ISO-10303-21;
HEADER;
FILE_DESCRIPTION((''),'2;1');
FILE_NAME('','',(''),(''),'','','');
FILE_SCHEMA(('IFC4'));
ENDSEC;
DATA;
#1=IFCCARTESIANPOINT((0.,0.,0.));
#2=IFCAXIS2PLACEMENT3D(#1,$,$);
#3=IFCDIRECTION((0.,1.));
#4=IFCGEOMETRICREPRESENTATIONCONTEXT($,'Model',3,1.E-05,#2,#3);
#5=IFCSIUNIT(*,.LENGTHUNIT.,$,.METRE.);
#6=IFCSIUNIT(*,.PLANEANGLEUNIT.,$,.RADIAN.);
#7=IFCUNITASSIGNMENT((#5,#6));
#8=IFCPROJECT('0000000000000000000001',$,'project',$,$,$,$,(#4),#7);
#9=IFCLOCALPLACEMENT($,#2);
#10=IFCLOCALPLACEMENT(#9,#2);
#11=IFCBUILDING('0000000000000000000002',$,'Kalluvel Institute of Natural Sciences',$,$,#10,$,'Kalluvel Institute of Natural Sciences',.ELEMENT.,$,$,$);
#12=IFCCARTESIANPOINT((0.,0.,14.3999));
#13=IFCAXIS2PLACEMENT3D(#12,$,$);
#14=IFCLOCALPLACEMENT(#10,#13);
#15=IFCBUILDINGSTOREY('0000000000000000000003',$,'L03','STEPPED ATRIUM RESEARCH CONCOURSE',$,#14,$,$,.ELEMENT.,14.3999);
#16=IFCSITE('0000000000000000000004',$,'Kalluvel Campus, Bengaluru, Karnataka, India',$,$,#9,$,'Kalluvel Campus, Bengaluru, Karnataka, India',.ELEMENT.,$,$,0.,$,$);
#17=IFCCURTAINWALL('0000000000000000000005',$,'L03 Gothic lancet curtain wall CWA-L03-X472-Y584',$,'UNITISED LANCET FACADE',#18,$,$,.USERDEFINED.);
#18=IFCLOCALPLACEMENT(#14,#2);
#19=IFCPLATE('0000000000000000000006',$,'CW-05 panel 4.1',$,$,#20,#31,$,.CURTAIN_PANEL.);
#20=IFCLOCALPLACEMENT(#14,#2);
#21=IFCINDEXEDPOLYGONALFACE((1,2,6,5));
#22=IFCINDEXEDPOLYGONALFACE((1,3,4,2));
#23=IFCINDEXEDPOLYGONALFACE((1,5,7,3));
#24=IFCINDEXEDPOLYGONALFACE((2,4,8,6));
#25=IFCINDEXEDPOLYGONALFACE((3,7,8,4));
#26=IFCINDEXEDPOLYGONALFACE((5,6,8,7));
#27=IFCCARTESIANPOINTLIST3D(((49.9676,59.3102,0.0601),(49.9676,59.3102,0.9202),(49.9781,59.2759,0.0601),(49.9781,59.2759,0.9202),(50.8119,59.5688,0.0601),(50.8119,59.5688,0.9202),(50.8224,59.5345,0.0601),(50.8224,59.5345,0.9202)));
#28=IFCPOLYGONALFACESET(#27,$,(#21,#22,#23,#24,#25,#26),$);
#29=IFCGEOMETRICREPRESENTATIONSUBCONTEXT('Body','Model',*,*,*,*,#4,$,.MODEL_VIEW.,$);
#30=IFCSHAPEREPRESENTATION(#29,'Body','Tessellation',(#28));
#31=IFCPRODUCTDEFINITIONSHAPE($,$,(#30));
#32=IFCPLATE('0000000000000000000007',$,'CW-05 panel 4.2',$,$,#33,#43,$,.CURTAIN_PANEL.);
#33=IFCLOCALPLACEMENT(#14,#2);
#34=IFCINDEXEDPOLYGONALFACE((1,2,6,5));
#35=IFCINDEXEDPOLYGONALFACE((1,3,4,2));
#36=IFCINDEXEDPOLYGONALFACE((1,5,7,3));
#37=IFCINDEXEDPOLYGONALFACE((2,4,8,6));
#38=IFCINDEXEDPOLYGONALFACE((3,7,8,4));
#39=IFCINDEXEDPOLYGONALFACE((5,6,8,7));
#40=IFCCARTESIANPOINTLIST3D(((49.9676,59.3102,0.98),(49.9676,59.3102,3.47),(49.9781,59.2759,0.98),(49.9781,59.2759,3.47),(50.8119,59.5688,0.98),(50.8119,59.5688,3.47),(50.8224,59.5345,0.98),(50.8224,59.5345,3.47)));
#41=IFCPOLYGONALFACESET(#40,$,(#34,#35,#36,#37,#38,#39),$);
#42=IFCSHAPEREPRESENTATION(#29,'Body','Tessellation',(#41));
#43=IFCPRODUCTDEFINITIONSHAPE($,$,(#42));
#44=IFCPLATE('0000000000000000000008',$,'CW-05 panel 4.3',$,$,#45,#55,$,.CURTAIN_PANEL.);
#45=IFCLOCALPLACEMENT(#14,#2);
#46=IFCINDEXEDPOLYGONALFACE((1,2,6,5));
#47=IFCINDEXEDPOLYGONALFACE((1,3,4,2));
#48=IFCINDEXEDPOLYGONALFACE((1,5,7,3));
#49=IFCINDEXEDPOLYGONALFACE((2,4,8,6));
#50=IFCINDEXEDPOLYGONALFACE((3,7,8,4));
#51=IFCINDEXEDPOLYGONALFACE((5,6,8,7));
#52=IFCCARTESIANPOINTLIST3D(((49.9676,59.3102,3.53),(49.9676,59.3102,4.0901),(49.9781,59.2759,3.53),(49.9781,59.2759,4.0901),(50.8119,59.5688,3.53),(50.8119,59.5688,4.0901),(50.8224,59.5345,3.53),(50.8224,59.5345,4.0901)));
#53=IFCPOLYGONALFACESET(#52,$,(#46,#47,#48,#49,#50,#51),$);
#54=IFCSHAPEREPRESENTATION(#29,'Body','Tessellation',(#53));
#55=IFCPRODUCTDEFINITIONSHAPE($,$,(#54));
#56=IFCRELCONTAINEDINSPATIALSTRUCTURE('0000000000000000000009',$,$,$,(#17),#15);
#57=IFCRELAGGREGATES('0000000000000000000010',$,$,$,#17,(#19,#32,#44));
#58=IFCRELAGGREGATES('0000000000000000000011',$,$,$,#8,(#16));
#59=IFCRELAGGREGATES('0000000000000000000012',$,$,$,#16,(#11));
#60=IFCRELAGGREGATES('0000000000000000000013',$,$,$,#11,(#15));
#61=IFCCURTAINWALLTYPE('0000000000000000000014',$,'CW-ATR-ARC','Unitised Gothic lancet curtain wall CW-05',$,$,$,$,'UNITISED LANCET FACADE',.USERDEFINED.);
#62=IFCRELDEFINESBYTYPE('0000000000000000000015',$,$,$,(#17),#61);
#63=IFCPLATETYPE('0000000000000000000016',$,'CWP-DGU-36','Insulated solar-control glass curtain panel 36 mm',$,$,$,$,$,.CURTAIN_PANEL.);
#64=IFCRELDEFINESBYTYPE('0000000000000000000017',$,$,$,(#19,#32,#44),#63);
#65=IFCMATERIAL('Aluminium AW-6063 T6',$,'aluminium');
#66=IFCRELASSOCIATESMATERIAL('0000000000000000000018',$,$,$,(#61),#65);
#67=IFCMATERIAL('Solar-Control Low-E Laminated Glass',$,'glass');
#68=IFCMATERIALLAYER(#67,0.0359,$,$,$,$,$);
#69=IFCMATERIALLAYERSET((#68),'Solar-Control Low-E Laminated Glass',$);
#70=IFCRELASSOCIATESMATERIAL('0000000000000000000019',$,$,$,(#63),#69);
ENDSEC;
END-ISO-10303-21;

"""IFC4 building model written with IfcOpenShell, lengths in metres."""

from ifc_helpers import new_model, si_unit, direction, frame, origin, origin_2d, place, context, subcontext, project, spatial, rectangle, extrude, material, layer, layer_set, type_object, element, aggregate, save


model = new_model("IFC4")

# Units and contexts
model_context = context("Model", 3, precision=1e-05, world=origin(), true_north=direction((0.0, 1.0)))
body_context = subcontext(model_context, "Body", "Model", "MODEL_VIEW")
ifc_project = project(units=[si_unit("LENGTHUNIT", "METRE"), si_unit("PLANEANGLEUNIT", "RADIAN")], contexts=[model_context])

# Site, building, storey
site_placement = place(None, origin())
site = spatial("IfcSite", under=ifc_project, at=site_placement, Name="Kalluvel Campus, Bengaluru, Karnataka, India", LongName="Kalluvel Campus, Bengaluru, Karnataka, India", CompositionType="ELEMENT", RefElevation=0.0)
building_placement = place(site_placement, origin())
building = spatial("IfcBuilding", under=site, at=building_placement, Name="Kalluvel Institute of Natural Sciences", LongName="Kalluvel Institute of Natural Sciences", CompositionType="ELEMENT")
storey_placement = place(building_placement, frame((0.0, 0.0, 14.3999)))
storey = spatial("IfcBuildingStorey", under=building, at=storey_placement, Name="L03", Description="STEPPED ATRIUM RESEARCH CONCOURSE", CompositionType="ELEMENT", Elevation=14.3999)

# Curtain wall
ifc_material_1 = material(Name="Aluminium AW-6063 T6", Category="aluminium")
curtain_wall_type = type_object("IfcCurtainWallType", Name="CW-ATR-ARC", Description="Unitised Gothic lancet curtain wall CW-05", ElementType="UNITISED LANCET FACADE", PredefinedType="USERDEFINED", material=ifc_material_1)
curtain_wall_1_placement = place(storey_placement, origin())
curtain_wall_1 = element("IfcCurtainWall", 1, at=curtain_wall_1_placement, inside=storey, type_object=curtain_wall_type, Name="L03 Gothic lancet curtain wall CWA-L03-X472-Y584", ObjectType="UNITISED LANCET FACADE", PredefinedType="USERDEFINED")

# Plates
ifc_material_2 = material(Name="Solar-Control Low-E Laminated Glass", Category="glass")
ifc_layer = layer(ifc_material_2, 0.0359)
ifc_layer_set = layer_set([ifc_layer], Name="Solar-Control Low-E Laminated Glass")
plate_type = type_object("IfcPlateType", Name="CWP-DGU-36", Description="Insulated solar-control glass curtain panel 36 mm", PredefinedType="CURTAIN_PANEL", material=ifc_layer_set)
plate_1_placement = place(storey_placement, frame((50.395, 59.4224, 0.0601), z_axis=(0.0, 0.0, 1.0), x_axis=(0.956162, 0.292838, 0.0)))
plate_1 = element("IfcPlate", 2, at=plate_1_placement, type_object=plate_type, Name="CW-05 panel 4.1", PredefinedType="CURTAIN_PANEL", context=body_context, shape_type="SweptSolid", body=[
    extrude(rectangle(XDim=0.8831, YDim=0.0359, at=origin_2d()), origin(), (0.0, 0.0, 1.0), 0.8601),
])
plate_2_placement = place(storey_placement, frame((50.395, 59.4224, 0.98), z_axis=(0.0, 0.0, 1.0), x_axis=(0.956162, 0.292838, 0.0)))
plate_2 = element("IfcPlate", 3, at=plate_2_placement, type_object=plate_type, Name="CW-05 panel 4.2", PredefinedType="CURTAIN_PANEL", context=body_context, shape_type="SweptSolid", body=[
    extrude(rectangle(XDim=0.8831, YDim=0.0359, at=origin_2d()), origin(), (0.0, 0.0, 1.0), 2.49),
])
plate_3_placement = place(storey_placement, frame((50.395, 59.4224, 3.53), z_axis=(0.0, 0.0, 1.0), x_axis=(0.956162, 0.292838, 0.0)))
plate_3 = element("IfcPlate", 4, at=plate_3_placement, type_object=plate_type, Name="CW-05 panel 4.3", PredefinedType="CURTAIN_PANEL", context=body_context, shape_type="SweptSolid", body=[
    extrude(rectangle(XDim=0.8831, YDim=0.0359, at=origin_2d()), origin(), (0.0, 0.0, 1.0), 0.5601),
])
aggregate(curtain_wall_1, [plate_1, plate_2, plate_3])

save(model, "model.ifc")
